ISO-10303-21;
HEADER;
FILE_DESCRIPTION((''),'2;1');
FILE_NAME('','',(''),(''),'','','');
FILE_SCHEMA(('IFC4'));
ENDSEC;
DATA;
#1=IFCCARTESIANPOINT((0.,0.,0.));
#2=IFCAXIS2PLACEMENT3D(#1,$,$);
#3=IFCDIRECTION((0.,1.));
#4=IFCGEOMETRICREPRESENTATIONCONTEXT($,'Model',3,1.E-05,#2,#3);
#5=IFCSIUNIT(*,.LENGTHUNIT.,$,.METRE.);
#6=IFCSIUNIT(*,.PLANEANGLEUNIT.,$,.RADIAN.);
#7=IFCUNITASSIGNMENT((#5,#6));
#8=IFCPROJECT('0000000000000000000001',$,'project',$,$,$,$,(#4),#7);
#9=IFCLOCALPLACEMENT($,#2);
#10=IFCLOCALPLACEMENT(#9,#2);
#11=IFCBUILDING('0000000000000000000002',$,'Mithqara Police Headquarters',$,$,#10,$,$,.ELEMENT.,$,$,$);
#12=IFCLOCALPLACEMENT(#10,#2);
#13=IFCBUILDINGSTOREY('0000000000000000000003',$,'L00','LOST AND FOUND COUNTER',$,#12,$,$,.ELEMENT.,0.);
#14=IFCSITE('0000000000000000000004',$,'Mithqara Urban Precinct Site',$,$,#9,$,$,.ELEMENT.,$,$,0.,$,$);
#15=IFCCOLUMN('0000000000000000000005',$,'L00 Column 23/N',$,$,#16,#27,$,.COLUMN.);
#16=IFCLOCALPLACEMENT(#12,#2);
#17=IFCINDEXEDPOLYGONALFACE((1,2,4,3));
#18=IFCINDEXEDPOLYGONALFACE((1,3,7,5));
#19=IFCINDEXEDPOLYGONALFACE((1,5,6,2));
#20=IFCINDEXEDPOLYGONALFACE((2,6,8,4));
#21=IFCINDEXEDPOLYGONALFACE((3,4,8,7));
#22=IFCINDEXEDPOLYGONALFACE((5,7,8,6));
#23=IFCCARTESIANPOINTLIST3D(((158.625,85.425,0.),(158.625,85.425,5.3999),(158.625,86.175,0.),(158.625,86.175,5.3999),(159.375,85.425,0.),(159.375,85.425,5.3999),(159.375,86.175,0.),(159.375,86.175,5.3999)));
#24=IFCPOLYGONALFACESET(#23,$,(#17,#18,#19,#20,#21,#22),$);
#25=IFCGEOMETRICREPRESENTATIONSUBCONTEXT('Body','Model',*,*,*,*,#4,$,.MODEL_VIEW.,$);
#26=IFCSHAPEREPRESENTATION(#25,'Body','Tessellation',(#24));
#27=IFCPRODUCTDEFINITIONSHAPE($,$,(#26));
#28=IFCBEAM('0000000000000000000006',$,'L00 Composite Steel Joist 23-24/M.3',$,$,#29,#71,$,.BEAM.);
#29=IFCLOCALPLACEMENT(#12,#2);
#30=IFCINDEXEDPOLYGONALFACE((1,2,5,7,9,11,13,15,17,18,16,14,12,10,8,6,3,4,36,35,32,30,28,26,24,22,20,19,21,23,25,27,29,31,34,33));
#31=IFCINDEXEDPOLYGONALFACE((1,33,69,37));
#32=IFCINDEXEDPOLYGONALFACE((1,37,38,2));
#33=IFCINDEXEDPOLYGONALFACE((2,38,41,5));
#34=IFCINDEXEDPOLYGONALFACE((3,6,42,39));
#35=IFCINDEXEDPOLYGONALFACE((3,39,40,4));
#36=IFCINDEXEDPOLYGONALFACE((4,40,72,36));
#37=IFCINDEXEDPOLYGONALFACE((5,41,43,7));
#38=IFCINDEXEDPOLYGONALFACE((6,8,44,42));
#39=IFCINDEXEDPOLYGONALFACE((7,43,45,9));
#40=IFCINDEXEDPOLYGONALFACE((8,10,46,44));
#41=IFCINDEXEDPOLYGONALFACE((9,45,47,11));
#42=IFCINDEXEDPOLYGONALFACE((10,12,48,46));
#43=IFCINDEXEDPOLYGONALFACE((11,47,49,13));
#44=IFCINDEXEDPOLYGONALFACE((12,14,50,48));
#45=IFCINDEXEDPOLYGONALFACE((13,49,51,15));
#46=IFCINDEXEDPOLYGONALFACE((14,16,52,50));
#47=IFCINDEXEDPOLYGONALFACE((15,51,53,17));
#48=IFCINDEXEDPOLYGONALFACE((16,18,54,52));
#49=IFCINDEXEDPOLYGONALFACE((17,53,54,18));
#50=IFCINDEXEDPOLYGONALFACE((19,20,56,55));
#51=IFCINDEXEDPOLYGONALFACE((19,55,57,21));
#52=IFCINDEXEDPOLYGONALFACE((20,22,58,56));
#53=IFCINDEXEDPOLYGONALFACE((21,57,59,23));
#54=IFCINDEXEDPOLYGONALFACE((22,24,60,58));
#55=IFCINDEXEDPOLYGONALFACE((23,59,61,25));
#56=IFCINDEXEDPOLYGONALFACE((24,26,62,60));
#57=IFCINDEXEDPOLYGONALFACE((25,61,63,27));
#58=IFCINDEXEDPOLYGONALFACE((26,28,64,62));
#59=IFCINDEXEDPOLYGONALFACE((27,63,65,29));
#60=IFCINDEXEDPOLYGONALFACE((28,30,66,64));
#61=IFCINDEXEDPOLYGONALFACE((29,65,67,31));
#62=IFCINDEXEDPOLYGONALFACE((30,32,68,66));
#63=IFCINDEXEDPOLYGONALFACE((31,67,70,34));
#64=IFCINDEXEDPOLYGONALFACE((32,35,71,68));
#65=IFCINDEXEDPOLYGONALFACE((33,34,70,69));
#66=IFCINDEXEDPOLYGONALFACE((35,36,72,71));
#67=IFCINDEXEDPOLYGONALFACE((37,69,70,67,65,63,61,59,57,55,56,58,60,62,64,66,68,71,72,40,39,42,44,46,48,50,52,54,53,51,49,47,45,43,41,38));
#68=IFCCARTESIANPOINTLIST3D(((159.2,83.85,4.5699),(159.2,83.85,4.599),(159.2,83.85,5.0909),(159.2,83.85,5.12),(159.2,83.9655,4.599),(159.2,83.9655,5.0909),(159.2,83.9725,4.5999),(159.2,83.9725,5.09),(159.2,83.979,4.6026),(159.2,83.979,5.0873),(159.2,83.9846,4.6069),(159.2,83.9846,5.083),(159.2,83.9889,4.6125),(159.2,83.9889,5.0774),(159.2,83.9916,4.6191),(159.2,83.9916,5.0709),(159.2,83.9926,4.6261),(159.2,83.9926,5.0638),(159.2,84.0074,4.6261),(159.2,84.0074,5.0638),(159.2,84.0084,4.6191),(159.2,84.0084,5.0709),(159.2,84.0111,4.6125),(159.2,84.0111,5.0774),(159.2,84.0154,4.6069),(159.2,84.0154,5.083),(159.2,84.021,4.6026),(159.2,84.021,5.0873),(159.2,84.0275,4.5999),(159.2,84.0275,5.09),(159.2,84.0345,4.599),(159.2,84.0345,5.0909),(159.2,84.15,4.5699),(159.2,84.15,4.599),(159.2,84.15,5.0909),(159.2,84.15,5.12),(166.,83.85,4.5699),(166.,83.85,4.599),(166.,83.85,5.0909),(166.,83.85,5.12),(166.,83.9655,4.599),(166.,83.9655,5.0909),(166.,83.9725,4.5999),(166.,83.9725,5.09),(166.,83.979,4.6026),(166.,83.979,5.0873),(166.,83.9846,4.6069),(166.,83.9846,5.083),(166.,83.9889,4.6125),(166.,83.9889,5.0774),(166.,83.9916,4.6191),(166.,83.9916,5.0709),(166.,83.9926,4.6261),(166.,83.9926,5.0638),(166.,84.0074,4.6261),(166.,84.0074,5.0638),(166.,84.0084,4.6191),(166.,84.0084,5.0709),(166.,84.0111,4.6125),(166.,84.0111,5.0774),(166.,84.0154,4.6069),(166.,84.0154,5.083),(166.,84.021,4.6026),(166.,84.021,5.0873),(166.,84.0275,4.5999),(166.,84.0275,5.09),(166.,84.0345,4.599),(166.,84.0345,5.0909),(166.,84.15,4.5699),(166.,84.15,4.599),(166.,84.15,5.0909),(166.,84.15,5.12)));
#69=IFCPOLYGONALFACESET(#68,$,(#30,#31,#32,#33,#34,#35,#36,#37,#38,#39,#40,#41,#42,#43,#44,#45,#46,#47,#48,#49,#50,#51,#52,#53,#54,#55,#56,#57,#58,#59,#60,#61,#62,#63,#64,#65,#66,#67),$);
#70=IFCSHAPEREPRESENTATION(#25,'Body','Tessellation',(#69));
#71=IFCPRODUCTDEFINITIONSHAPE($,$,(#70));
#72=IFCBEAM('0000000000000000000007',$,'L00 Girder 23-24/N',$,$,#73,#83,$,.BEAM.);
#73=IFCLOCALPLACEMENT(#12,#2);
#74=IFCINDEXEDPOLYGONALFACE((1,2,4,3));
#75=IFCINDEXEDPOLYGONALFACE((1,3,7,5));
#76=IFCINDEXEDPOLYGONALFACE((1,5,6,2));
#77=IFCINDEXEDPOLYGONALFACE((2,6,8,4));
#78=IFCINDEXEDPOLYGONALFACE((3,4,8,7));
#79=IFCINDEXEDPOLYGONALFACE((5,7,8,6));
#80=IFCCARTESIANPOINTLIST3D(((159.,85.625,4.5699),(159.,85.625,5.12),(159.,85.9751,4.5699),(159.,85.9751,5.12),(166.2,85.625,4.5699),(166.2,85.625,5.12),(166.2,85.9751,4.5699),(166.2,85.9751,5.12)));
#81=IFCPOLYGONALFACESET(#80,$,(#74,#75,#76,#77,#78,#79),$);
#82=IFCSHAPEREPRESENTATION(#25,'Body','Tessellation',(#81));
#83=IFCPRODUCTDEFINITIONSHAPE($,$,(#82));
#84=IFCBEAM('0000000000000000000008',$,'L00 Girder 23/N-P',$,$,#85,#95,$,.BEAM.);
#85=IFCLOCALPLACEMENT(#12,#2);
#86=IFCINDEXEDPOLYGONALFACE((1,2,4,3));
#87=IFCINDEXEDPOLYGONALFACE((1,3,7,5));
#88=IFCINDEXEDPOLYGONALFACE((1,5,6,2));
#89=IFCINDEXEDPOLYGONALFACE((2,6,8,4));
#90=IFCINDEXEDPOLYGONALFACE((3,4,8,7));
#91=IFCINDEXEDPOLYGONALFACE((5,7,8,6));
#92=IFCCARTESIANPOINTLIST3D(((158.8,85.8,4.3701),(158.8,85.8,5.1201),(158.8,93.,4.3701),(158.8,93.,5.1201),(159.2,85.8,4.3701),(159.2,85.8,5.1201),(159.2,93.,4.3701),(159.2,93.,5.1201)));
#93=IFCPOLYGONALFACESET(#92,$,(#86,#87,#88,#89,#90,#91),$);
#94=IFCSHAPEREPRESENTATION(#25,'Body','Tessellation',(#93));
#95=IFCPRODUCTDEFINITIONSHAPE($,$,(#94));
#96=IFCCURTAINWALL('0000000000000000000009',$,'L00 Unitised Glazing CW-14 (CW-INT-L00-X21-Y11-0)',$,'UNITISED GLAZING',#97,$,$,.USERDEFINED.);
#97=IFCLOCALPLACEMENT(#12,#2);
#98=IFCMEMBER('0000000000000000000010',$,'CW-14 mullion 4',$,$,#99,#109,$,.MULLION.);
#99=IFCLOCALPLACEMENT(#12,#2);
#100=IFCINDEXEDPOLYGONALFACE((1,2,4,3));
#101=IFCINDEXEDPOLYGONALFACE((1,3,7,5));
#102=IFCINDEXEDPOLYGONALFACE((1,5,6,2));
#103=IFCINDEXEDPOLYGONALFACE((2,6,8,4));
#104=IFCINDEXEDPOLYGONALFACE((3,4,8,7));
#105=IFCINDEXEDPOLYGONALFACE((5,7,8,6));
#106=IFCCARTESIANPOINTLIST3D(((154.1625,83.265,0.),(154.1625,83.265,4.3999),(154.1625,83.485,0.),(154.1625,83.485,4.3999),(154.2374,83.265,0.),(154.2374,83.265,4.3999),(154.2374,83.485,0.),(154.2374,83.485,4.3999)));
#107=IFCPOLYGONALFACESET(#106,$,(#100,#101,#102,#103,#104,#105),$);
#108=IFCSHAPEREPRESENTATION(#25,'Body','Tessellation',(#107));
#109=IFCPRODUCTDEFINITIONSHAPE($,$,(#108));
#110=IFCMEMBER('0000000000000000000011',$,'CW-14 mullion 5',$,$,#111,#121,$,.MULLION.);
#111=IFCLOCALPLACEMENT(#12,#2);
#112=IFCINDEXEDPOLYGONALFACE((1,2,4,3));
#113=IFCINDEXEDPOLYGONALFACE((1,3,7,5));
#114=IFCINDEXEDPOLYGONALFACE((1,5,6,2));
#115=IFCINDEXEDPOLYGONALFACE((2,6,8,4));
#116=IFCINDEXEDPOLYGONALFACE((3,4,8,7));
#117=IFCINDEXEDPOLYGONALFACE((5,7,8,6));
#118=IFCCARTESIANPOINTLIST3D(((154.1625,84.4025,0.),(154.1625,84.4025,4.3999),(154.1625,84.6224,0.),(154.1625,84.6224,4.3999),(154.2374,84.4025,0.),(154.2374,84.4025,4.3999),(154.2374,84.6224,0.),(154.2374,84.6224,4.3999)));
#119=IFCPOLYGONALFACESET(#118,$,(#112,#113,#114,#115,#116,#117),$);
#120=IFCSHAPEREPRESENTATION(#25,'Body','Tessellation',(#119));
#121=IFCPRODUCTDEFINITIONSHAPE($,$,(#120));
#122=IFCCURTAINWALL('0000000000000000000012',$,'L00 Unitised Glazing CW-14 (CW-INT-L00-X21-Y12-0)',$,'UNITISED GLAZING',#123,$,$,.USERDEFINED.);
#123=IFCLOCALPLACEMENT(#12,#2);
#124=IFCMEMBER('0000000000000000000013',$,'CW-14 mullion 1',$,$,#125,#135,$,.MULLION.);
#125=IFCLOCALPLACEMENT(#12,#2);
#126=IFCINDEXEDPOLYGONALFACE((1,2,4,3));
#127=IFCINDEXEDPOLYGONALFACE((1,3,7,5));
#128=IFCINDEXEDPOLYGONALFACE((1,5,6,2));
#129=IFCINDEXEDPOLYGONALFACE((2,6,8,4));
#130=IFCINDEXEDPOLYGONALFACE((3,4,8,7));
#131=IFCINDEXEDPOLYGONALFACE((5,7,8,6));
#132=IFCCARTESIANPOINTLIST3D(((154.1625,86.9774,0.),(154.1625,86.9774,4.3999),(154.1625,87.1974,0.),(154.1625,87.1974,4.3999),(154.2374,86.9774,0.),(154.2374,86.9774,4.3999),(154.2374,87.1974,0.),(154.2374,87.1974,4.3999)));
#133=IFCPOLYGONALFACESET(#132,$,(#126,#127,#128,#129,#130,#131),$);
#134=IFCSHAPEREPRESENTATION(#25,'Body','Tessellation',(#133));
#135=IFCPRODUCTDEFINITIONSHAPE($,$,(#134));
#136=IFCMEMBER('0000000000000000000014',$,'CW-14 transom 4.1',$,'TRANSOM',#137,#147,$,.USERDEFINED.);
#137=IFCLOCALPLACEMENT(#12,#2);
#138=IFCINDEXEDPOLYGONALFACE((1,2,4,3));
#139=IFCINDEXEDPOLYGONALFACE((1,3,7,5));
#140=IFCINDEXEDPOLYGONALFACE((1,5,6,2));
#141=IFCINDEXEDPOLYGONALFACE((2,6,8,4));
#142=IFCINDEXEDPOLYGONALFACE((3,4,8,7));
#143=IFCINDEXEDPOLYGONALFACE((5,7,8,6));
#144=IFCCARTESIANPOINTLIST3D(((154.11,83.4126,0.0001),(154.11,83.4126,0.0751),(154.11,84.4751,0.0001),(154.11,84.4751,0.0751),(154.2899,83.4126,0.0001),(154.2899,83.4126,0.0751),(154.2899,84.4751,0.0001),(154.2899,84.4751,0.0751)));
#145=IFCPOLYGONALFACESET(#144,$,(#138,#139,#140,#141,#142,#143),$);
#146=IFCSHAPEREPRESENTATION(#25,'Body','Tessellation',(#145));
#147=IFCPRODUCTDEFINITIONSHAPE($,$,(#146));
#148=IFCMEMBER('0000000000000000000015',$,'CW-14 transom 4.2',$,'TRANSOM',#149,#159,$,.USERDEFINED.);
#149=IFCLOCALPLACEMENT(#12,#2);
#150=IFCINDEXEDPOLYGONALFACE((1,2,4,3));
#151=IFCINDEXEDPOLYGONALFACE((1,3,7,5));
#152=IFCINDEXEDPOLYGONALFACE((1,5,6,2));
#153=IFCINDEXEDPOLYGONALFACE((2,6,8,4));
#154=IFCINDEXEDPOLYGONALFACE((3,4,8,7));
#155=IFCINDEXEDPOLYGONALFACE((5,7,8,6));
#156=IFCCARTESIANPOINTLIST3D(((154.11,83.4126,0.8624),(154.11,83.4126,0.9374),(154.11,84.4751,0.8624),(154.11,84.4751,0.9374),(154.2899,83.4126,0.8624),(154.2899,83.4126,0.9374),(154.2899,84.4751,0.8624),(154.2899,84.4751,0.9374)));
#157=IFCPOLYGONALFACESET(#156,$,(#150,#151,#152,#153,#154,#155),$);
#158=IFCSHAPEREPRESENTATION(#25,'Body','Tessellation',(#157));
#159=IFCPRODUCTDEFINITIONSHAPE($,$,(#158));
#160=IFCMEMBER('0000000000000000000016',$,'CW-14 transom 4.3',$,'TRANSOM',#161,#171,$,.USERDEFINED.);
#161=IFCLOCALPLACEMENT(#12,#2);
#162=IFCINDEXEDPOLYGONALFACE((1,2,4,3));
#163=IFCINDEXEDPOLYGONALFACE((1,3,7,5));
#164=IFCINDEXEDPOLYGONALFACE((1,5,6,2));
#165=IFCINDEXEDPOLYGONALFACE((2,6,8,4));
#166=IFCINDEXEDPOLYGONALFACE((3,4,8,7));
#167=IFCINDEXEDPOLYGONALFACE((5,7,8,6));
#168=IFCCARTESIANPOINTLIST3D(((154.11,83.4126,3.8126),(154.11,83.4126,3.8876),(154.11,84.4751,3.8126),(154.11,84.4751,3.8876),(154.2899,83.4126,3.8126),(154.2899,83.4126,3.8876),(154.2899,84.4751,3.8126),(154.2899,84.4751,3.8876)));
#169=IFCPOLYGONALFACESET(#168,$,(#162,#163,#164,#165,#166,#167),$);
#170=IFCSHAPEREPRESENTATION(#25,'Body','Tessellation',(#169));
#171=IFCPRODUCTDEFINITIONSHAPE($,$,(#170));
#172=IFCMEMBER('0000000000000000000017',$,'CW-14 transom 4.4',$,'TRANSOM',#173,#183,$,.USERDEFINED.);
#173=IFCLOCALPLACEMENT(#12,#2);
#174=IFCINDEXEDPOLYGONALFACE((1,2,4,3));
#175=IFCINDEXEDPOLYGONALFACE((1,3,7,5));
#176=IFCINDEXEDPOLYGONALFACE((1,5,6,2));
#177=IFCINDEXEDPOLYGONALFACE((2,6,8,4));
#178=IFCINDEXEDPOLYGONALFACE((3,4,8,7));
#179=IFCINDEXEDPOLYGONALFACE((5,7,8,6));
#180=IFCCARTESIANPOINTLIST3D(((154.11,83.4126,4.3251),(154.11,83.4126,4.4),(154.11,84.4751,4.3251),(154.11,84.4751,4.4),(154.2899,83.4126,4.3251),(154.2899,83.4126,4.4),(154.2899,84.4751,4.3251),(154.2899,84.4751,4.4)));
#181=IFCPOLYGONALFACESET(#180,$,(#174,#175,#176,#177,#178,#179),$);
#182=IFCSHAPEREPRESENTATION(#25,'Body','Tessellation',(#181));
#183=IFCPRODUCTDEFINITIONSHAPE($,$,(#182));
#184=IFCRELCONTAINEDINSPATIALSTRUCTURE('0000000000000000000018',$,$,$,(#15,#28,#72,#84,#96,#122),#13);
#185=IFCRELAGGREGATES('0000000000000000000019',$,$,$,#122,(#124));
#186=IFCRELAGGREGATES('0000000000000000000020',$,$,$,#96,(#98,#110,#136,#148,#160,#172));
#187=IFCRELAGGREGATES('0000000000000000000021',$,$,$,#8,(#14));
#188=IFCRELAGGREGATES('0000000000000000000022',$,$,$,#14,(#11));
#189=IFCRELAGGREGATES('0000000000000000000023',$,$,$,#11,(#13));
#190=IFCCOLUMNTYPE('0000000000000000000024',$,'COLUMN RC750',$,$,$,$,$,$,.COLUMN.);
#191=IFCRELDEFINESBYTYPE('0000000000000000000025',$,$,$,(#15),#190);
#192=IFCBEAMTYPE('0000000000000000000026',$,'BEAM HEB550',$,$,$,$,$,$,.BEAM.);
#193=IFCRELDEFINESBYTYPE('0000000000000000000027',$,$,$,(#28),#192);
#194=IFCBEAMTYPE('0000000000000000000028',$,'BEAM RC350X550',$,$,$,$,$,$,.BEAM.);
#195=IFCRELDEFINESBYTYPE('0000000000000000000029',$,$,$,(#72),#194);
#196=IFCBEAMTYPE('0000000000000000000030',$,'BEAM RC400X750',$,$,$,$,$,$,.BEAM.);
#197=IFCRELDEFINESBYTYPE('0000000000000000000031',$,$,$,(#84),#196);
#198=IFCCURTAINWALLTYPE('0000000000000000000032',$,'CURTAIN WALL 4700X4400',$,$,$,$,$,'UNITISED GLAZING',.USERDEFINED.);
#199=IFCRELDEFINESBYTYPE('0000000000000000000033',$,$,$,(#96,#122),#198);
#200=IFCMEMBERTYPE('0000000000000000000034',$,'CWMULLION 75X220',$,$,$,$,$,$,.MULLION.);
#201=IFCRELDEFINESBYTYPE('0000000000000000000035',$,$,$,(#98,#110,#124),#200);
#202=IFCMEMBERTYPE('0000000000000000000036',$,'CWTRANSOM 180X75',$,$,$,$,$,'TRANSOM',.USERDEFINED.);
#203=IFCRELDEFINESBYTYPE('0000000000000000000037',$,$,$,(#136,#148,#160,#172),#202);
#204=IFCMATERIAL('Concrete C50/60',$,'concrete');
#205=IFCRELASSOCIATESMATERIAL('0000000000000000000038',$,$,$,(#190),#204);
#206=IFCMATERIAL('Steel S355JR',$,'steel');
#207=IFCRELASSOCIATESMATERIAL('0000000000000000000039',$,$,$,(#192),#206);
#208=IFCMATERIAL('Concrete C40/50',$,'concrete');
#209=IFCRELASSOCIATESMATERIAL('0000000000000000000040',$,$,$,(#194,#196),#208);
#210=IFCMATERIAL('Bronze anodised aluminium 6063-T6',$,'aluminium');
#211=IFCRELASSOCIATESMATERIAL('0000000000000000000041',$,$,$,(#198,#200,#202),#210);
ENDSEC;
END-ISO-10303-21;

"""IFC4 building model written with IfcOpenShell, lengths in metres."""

from ifc_helpers import new_model, si_unit, direction, frame, origin, origin_2d, place, context, subcontext, project, spatial, rectangle, i_section, extrude, material, material_profile, profile_set, type_object, element, aggregate, save


model = new_model("IFC4")

# Units and contexts
model_context = context("Model", 3, precision=1e-05, world=origin(), true_north=direction((0.0, 1.0)))
body_context = subcontext(model_context, "Body", "Model", "MODEL_VIEW")
ifc_project = project(units=[si_unit("LENGTHUNIT", "METRE"), si_unit("PLANEANGLEUNIT", "RADIAN")], contexts=[model_context])

# Site, building, storey
site_placement = place(None, origin())
site = spatial("IfcSite", under=ifc_project, at=site_placement, Name="Mithqara Urban Precinct Site", CompositionType="ELEMENT", RefElevation=0.0)
building_placement = place(site_placement, origin())
building = spatial("IfcBuilding", under=site, at=building_placement, Name="Mithqara Police Headquarters", CompositionType="ELEMENT")
storey_placement = place(building_placement, origin())
storey = spatial("IfcBuildingStorey", under=building, at=storey_placement, Name="L00", Description="LOST AND FOUND COUNTER", CompositionType="ELEMENT", Elevation=0.0)

# Column
ifc_material_1 = material(Name="Concrete C50/60", Category="concrete")
ifc_material_profile_1 = material_profile(ifc_material_1, rectangle(XDim=0.75, YDim=0.75, at=origin_2d()), Name="RC 750x750")
ifc_profile_set_1 = profile_set([ifc_material_profile_1], Name="Concrete C50/60")
column_type = type_object("IfcColumnType", Name="COLUMN RC750", PredefinedType="COLUMN", material=ifc_profile_set_1)
column_placement = place(storey_placement, frame((159.0, 85.8, 0.0), z_axis=(0.0, 0.0, 1.0), x_axis=(1.0, 0.0, 0.0)))
element("IfcColumn", 1, at=column_placement, inside=storey, type_object=column_type, Name="L00 Column 23/N", PredefinedType="COLUMN", context=body_context, shape_type="SweptSolid", body=[
    extrude(rectangle(XDim=0.75, YDim=0.75, at=origin_2d()), origin(), (0.0, 0.0, 1.0), 5.3999),
])

# Beams
ifc_material_2 = material(Name="Steel S355JR", Category="steel")
ifc_material_profile_2 = material_profile(ifc_material_2, i_section(OverallWidth=0.3, OverallDepth=0.55, WebThickness=0.0149, FlangeThickness=0.0291, FilletRadius=0.0271, at=origin_2d()), Name="HEB 550")
ifc_profile_set_2 = profile_set([ifc_material_profile_2], Name="Steel S355JR")
beam_type_1 = type_object("IfcBeamType", Name="BEAM HEB550", PredefinedType="BEAM", material=ifc_profile_set_2)
beam_1_placement = place(storey_placement, frame((159.2, 84.0, 4.845), z_axis=(1.0, 0.0, 0.0), x_axis=(0.0, 1.0, 0.0)))
element("IfcBeam", 2, at=beam_1_placement, inside=storey, type_object=beam_type_1, Name="L00 Composite Steel Joist 23-24/M.3", PredefinedType="BEAM", context=body_context, shape_type="SweptSolid", body=[
    extrude(i_section(OverallWidth=0.3, OverallDepth=0.55, WebThickness=0.0149, FlangeThickness=0.0291, FilletRadius=0.0271, at=origin_2d()), origin(), (0.0, 0.0, 1.0), 6.8),
])
ifc_material_3 = material(Name="Concrete C40/50", Category="concrete")
ifc_material_profile_3 = material_profile(ifc_material_3, rectangle(XDim=0.3501, YDim=0.55, at=origin_2d()), Name="RC 350x550")
ifc_profile_set_3 = profile_set([ifc_material_profile_3], Name="Concrete C40/50")
beam_type_2 = type_object("IfcBeamType", Name="BEAM RC350X550", PredefinedType="BEAM", material=ifc_profile_set_3)
beam_2_placement = place(storey_placement, frame((159.0, 85.8, 4.845), z_axis=(1.0, 0.0, 0.0), x_axis=(0.0, 1.0, 0.0)))
element("IfcBeam", 3, at=beam_2_placement, inside=storey, type_object=beam_type_2, Name="L00 Girder 23-24/N", PredefinedType="BEAM", context=body_context, shape_type="SweptSolid", body=[
    extrude(rectangle(XDim=0.3501, YDim=0.55, at=origin_2d()), origin(), (0.0, 0.0, 1.0), 7.2),
])
ifc_material_profile_4 = material_profile(ifc_material_3, rectangle(XDim=0.3999, YDim=0.75, at=origin_2d()), Name="RC 400x750")
ifc_profile_set_4 = profile_set([ifc_material_profile_4], Name="Concrete C40/50")
beam_type_3 = type_object("IfcBeamType", Name="BEAM RC400X750", PredefinedType="BEAM", material=ifc_profile_set_4)
beam_3_placement = place(storey_placement, frame((159.0, 85.8, 4.7451), z_axis=(0.0, 1.0, 0.0), x_axis=(-1.0, 0.0, 0.0)))
element("IfcBeam", 4, at=beam_3_placement, inside=storey, type_object=beam_type_3, Name="L00 Girder 23/N-P", PredefinedType="BEAM", context=body_context, shape_type="SweptSolid", body=[
    extrude(rectangle(XDim=0.3999, YDim=0.75, at=origin_2d()), origin(), (0.0, 0.0, 1.0), 7.2),
])

# Curtain wall, members
ifc_material_4 = material(Name="Bronze anodised aluminium 6063-T6", Category="aluminium")
curtain_wall_type = type_object("IfcCurtainWallType", Name="CURTAIN WALL 4700X4400", ElementType="UNITISED GLAZING", PredefinedType="USERDEFINED", material=ifc_material_4)
curtain_wall_1_placement = place(storey_placement, origin())
curtain_wall_1 = element("IfcCurtainWall", 5, at=curtain_wall_1_placement, inside=storey, type_object=curtain_wall_type, Name="L00 Unitised Glazing CW-14 (CW-INT-L00-X21-Y11-0)", ObjectType="UNITISED GLAZING", PredefinedType="USERDEFINED")
ifc_material_profile_5 = material_profile(ifc_material_4, rectangle(XDim=0.075, YDim=0.22, at=origin_2d()), Name="CWM 75x220")
ifc_profile_set_5 = profile_set([ifc_material_profile_5], Name="Bronze anodised aluminium 6063-T6")
member_type_1 = type_object("IfcMemberType", Name="CWMULLION 75X220", PredefinedType="MULLION", material=ifc_profile_set_5)
member_1_placement = place(storey_placement, frame((154.2, 83.375, 0.0), z_axis=(0.0, 0.0, 1.0), x_axis=(-1.0, 0.0, 0.0)))
member_1 = element("IfcMember", 6, at=member_1_placement, type_object=member_type_1, Name="CW-14 mullion 4", PredefinedType="MULLION", context=body_context, shape_type="SweptSolid", body=[
    extrude(rectangle(XDim=0.075, YDim=0.22, at=origin_2d()), origin(), (0.0, 0.0, 1.0), 4.3999),
])
member_2_placement = place(storey_placement, frame((154.2, 84.5125, 0.0), z_axis=(0.0, 0.0, 1.0), x_axis=(-1.0, 0.0, 0.0)))
member_2 = element("IfcMember", 7, at=member_2_placement, type_object=member_type_1, Name="CW-14 mullion 5", PredefinedType="MULLION", context=body_context, shape_type="SweptSolid", body=[
    extrude(rectangle(XDim=0.075, YDim=0.22, at=origin_2d()), origin(), (0.0, 0.0, 1.0), 4.3999),
])

# Curtain wall, member
curtain_wall_2_placement = place(storey_placement, origin())
curtain_wall_2 = element("IfcCurtainWall", 8, at=curtain_wall_2_placement, inside=storey, type_object=curtain_wall_type, Name="L00 Unitised Glazing CW-14 (CW-INT-L00-X21-Y12-0)", ObjectType="UNITISED GLAZING", PredefinedType="USERDEFINED")
member_3_placement = place(storey_placement, frame((154.2, 87.0874, 0.0), z_axis=(0.0, 0.0, 1.0), x_axis=(-1.0, 0.0, 0.0)))
member_3 = element("IfcMember", 9, at=member_3_placement, type_object=member_type_1, Name="CW-14 mullion 1", PredefinedType="MULLION", context=body_context, shape_type="SweptSolid", body=[
    extrude(rectangle(XDim=0.075, YDim=0.22, at=origin_2d()), origin(), (0.0, 0.0, 1.0), 4.3999),
])

# Members
ifc_material_profile_6 = material_profile(ifc_material_4, rectangle(XDim=0.1799, YDim=0.075, at=origin_2d()), Name="CWT 180x75")
ifc_profile_set_6 = profile_set([ifc_material_profile_6], Name="Bronze anodised aluminium 6063-T6")
member_type_2 = type_object("IfcMemberType", Name="CWTRANSOM 180X75", ElementType="TRANSOM", PredefinedType="USERDEFINED", material=ifc_profile_set_6)
member_4_placement = place(storey_placement, frame((154.2, 83.4126, 0.0376), z_axis=(0.0, 1.0, 0.0), x_axis=(-1.0, 0.0, 0.0)))
member_4 = element("IfcMember", 10, at=member_4_placement, type_object=member_type_2, Name="CW-14 transom 4.1", ObjectType="TRANSOM", PredefinedType="USERDEFINED", context=body_context, shape_type="SweptSolid", body=[
    extrude(rectangle(XDim=0.1799, YDim=0.075, at=origin_2d()), origin(), (0.0, 0.0, 1.0), 1.0625),
])
member_5_placement = place(storey_placement, frame((154.2, 83.4126, 0.8999), z_axis=(0.0, 1.0, 0.0), x_axis=(-1.0, 0.0, 0.0)))
member_5 = element("IfcMember", 11, at=member_5_placement, type_object=member_type_2, Name="CW-14 transom 4.2", ObjectType="TRANSOM", PredefinedType="USERDEFINED", context=body_context, shape_type="SweptSolid", body=[
    extrude(rectangle(XDim=0.1799, YDim=0.075, at=origin_2d()), origin(), (0.0, 0.0, 1.0), 1.0625),
])
member_6_placement = place(storey_placement, frame((154.2, 83.4126, 3.8501), z_axis=(0.0, 1.0, 0.0), x_axis=(-1.0, 0.0, 0.0)))
member_6 = element("IfcMember", 12, at=member_6_placement, type_object=member_type_2, Name="CW-14 transom 4.3", ObjectType="TRANSOM", PredefinedType="USERDEFINED", context=body_context, shape_type="SweptSolid", body=[
    extrude(rectangle(XDim=0.1799, YDim=0.075, at=origin_2d()), origin(), (0.0, 0.0, 1.0), 1.0625),
])
member_7_placement = place(storey_placement, frame((154.2, 83.4126, 4.3625), z_axis=(0.0, 1.0, 0.0), x_axis=(-1.0, 0.0, 0.0)))
member_7 = element("IfcMember", 13, at=member_7_placement, type_object=member_type_2, Name="CW-14 transom 4.4", ObjectType="TRANSOM", PredefinedType="USERDEFINED", context=body_context, shape_type="SweptSolid", body=[
    extrude(rectangle(XDim=0.1799, YDim=0.075, at=origin_2d()), origin(), (0.0, 0.0, 1.0), 1.0625),
])
aggregate(curtain_wall_2, [member_3])

aggregate(curtain_wall_1, [member_1, member_2, member_4, member_5, member_6, member_7])

save(model, "model.ifc")
